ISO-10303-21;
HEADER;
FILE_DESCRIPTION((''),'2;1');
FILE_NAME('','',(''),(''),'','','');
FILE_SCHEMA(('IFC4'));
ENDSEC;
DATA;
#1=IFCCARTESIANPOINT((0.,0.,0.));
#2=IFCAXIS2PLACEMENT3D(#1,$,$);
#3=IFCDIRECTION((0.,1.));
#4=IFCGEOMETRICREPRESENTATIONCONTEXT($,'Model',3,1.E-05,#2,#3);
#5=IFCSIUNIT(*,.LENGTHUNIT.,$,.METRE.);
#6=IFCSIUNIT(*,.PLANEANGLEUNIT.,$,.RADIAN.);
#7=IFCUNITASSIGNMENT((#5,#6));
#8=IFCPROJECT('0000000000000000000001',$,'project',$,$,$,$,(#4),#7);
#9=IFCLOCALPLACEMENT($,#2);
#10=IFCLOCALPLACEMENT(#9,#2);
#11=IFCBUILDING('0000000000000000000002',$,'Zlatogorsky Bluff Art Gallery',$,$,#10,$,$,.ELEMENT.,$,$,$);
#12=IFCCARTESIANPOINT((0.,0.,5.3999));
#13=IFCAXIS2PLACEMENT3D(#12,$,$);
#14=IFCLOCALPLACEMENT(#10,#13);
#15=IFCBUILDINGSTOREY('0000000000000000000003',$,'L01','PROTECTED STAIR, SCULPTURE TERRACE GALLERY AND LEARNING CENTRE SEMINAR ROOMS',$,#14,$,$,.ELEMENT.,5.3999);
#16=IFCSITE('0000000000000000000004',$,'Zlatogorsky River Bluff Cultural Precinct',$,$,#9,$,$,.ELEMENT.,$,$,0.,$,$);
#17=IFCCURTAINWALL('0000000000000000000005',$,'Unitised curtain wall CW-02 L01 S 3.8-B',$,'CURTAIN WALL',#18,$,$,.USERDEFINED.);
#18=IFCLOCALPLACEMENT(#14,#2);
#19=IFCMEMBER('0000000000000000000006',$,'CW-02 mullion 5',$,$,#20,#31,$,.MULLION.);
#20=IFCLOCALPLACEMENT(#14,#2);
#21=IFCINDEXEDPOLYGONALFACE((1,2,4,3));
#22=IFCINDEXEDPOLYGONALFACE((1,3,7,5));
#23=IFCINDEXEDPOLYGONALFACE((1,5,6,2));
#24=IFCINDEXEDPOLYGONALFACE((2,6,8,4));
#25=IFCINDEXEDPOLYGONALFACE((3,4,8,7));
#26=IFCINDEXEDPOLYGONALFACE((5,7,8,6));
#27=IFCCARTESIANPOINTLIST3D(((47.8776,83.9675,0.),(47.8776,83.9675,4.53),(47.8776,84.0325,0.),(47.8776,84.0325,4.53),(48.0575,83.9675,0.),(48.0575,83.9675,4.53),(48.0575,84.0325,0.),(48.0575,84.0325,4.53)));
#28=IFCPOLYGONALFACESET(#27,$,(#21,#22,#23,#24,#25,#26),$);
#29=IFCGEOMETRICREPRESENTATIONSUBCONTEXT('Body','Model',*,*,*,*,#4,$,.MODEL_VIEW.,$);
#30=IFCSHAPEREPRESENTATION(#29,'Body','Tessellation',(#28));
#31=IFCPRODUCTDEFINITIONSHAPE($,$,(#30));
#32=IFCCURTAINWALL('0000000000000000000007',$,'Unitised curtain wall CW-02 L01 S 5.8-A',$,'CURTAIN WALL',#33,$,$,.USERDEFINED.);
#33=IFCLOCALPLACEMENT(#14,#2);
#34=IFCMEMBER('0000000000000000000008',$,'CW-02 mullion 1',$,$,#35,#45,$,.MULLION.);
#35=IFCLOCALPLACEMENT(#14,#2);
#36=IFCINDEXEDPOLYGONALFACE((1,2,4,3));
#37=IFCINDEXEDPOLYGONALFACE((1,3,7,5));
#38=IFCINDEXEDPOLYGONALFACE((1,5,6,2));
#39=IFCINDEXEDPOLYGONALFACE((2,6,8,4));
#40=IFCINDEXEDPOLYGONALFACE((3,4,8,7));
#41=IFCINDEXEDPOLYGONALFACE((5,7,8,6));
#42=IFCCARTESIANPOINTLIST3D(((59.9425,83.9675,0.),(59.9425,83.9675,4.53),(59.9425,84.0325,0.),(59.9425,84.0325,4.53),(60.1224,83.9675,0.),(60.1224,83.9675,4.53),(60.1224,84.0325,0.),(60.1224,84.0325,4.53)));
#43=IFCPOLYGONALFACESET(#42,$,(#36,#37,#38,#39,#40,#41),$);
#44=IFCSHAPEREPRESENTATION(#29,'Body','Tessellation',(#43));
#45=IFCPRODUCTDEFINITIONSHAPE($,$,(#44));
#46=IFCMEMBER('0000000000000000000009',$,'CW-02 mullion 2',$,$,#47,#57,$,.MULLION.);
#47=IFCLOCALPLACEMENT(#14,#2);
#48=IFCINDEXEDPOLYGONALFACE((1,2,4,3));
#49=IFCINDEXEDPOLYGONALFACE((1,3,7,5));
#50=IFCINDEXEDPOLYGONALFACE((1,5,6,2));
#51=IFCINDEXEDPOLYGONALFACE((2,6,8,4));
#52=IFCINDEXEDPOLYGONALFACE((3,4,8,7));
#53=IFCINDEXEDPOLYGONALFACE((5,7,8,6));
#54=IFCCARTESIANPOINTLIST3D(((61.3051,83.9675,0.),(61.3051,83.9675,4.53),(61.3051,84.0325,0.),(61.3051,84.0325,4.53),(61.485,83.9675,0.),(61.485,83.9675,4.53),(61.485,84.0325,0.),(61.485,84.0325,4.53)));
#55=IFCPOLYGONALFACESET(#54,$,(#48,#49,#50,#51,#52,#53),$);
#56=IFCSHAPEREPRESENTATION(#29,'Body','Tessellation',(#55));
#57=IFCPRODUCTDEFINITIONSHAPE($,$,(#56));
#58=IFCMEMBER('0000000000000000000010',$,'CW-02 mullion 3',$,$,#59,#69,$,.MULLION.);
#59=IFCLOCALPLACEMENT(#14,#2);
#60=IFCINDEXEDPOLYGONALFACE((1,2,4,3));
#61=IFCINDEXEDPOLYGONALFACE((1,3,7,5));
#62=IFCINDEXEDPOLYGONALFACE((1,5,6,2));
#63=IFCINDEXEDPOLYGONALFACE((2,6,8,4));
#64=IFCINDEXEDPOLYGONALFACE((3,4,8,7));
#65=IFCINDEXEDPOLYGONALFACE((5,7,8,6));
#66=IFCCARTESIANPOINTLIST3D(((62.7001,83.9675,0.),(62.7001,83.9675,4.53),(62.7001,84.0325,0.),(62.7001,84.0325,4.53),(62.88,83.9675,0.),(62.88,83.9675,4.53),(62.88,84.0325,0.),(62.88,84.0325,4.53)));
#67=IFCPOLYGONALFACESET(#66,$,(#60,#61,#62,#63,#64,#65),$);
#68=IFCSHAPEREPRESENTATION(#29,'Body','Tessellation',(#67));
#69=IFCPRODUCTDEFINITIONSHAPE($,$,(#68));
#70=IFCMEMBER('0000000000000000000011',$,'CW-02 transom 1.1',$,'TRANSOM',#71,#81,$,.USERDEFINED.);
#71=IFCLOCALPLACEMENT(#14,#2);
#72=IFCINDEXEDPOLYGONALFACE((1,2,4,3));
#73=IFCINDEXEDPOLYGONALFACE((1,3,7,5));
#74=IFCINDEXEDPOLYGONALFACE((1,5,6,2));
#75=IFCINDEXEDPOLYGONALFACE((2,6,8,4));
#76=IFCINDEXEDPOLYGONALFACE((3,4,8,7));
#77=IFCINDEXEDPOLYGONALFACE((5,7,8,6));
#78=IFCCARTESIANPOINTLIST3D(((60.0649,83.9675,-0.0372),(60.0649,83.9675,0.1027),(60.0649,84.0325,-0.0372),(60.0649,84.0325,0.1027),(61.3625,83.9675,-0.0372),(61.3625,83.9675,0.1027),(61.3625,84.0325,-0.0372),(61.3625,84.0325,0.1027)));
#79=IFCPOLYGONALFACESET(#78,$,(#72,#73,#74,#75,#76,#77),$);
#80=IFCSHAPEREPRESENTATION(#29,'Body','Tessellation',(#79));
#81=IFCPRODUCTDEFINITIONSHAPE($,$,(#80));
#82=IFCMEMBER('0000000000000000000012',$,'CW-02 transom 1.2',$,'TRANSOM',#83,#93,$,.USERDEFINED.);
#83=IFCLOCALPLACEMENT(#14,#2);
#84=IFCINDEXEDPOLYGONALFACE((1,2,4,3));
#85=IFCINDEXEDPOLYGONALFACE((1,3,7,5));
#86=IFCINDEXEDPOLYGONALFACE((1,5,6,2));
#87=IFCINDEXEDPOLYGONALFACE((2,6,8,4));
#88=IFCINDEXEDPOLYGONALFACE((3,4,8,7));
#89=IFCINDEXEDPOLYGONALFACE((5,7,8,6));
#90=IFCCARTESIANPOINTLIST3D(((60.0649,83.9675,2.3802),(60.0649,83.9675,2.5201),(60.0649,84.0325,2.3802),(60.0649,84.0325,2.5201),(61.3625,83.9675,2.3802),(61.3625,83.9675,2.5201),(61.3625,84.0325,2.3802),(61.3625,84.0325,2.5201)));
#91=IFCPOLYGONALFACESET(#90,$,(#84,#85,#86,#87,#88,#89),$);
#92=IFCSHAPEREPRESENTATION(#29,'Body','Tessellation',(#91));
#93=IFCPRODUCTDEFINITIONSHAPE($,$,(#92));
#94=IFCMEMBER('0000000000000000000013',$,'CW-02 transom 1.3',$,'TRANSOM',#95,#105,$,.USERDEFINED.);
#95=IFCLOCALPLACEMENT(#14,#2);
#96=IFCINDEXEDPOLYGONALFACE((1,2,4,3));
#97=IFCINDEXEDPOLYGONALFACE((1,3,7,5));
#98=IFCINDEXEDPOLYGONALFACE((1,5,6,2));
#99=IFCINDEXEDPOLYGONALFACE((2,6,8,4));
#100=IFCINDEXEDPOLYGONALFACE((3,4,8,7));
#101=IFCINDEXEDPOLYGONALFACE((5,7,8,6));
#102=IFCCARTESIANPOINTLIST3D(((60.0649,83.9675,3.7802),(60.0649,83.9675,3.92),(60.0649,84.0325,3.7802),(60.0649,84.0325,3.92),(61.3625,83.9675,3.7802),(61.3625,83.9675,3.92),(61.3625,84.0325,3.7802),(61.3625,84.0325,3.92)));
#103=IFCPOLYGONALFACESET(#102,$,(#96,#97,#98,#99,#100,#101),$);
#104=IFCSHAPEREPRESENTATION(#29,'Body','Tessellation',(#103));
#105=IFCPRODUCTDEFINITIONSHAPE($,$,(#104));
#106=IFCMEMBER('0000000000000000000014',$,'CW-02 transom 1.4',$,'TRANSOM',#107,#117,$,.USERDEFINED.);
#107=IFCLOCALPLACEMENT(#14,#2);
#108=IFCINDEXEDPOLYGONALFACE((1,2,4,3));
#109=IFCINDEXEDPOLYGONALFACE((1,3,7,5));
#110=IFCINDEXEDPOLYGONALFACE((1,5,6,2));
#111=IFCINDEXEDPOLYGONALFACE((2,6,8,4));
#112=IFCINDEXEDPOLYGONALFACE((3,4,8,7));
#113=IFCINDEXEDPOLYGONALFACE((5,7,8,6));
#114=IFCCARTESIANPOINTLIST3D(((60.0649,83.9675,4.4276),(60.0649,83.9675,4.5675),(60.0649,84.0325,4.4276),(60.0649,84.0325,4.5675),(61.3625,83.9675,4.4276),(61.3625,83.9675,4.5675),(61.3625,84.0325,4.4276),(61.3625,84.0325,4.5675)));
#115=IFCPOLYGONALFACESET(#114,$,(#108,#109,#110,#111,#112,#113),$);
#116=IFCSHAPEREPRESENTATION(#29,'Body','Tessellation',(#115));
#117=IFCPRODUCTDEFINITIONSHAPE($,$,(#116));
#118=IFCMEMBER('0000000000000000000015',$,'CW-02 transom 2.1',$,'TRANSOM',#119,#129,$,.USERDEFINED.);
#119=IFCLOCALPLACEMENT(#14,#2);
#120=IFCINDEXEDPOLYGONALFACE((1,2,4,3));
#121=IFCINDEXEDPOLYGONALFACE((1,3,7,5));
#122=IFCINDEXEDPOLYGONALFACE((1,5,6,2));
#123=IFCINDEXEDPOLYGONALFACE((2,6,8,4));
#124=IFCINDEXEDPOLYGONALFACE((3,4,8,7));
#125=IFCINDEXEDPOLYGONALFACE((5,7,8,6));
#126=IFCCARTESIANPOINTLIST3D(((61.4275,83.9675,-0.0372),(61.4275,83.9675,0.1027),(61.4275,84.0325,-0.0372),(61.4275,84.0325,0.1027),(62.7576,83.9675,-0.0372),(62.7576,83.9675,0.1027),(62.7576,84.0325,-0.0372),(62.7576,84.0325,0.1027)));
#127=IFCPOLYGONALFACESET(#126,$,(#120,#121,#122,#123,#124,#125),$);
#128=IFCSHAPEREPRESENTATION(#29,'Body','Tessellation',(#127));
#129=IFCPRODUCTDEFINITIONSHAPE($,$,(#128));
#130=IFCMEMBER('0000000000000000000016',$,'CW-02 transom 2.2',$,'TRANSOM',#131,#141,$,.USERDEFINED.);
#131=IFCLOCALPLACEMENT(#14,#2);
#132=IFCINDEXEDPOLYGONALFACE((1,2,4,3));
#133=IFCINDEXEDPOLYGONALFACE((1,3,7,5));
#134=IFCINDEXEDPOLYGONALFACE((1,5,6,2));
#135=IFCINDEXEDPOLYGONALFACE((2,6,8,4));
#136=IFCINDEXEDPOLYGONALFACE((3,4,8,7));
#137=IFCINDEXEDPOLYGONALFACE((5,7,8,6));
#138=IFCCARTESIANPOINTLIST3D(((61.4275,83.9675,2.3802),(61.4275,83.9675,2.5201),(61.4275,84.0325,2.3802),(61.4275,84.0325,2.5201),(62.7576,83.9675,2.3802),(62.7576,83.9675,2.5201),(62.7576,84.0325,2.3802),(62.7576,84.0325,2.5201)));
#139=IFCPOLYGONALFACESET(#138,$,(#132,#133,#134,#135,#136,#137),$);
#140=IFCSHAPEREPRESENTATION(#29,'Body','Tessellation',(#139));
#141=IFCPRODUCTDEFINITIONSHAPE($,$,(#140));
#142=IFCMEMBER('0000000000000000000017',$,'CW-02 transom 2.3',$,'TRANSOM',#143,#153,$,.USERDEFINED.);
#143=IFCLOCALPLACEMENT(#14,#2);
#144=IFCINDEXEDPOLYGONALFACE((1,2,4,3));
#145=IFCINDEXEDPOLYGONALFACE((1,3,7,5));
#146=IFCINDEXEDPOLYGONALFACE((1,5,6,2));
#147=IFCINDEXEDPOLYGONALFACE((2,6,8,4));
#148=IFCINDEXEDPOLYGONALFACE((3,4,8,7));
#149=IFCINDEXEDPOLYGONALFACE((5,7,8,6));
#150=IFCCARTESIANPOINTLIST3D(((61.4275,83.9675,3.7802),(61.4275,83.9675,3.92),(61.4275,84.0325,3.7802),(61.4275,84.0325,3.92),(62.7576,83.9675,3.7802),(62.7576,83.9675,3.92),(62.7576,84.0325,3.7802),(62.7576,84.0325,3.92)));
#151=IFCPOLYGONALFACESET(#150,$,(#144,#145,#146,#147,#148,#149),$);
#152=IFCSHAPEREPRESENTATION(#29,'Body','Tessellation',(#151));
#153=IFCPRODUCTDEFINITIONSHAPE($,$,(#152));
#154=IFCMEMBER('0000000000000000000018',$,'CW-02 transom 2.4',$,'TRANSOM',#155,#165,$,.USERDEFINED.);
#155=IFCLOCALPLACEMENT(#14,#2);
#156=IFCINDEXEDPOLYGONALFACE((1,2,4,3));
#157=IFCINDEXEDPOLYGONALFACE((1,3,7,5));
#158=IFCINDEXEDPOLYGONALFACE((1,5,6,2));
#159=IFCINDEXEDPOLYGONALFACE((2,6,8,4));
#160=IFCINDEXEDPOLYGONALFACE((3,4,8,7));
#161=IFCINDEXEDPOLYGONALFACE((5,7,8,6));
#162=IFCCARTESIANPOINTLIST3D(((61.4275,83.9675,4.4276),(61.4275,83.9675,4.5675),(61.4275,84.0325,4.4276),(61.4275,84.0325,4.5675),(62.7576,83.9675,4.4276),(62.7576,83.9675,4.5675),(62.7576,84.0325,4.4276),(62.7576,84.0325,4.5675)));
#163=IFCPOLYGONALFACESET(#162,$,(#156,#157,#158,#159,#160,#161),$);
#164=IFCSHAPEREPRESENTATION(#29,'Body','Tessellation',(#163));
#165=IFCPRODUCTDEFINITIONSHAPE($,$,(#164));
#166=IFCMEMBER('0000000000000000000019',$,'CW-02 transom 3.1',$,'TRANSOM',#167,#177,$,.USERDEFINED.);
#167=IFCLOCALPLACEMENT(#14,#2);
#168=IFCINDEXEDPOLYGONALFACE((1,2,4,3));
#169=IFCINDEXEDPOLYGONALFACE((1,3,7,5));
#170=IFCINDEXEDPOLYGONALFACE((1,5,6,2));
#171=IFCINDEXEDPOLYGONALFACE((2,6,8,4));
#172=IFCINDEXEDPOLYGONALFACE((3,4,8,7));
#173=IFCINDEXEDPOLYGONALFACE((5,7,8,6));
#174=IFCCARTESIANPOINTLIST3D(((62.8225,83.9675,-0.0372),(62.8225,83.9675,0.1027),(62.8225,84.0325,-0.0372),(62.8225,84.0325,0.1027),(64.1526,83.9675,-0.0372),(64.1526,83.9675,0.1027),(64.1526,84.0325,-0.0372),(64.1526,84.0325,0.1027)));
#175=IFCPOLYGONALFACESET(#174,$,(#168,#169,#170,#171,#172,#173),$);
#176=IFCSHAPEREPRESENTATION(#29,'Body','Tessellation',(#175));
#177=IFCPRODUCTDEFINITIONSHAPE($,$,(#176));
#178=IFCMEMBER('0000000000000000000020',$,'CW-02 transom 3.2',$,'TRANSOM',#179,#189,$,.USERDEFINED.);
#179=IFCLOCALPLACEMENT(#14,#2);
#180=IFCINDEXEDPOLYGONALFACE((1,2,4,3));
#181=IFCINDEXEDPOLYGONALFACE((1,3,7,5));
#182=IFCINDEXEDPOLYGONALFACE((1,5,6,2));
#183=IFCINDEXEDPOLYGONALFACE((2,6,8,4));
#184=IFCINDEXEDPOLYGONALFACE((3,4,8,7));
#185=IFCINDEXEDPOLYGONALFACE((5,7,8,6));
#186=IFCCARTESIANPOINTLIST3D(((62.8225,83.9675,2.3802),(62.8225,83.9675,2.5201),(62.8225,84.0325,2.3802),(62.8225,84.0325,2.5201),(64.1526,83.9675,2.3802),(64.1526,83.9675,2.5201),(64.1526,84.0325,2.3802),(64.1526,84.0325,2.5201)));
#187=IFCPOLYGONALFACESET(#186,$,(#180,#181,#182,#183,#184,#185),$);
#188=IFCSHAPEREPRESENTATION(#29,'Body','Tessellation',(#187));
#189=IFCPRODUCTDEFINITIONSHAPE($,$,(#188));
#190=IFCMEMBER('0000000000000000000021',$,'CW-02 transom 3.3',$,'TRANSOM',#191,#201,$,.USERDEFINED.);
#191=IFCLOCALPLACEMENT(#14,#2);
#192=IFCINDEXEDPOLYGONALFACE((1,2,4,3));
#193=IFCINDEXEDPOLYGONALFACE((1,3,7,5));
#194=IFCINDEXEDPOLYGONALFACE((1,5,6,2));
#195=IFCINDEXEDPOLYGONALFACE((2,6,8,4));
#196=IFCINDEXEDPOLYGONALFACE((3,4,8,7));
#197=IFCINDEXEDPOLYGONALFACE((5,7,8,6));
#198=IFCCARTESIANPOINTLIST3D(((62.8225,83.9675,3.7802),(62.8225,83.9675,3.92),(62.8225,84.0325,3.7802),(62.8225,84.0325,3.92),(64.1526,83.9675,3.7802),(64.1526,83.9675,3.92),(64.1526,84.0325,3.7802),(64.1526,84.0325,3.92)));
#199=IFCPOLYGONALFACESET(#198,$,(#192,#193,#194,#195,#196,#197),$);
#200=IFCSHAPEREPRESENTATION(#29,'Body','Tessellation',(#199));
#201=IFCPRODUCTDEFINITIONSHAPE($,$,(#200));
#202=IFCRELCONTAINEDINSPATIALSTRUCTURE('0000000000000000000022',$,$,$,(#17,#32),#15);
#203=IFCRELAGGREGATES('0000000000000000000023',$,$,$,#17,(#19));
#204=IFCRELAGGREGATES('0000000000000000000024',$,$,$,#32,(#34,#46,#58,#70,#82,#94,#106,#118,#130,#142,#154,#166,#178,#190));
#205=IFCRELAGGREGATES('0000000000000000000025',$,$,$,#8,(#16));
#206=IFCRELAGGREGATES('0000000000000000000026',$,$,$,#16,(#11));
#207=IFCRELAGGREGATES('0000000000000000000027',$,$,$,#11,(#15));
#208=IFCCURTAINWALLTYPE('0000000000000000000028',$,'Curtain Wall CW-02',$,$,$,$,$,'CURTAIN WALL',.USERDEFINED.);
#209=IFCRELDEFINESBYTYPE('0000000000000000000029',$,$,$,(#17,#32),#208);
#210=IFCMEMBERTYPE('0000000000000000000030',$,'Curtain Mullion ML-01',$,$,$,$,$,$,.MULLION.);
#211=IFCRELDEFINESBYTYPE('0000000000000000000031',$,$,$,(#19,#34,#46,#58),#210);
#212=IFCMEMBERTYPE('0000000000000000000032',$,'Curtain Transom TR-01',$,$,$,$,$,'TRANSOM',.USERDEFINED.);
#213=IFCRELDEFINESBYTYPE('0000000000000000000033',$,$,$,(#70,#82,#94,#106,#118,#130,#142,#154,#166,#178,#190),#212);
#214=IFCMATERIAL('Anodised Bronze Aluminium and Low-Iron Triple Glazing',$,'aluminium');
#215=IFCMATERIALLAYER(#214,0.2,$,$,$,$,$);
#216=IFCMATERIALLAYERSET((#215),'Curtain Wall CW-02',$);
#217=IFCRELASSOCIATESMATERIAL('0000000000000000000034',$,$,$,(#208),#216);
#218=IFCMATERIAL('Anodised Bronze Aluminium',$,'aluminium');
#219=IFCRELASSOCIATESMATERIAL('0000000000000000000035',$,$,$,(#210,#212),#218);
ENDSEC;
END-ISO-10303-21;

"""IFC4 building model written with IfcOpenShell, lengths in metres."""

from ifc_helpers import new_model, si_unit, direction, frame, origin, origin_2d, place, context, subcontext, project, spatial, rectangle, extrude, material, layer, layer_set, material_profile, profile_set, type_object, element, aggregate, save


model = new_model("IFC4")

# Units and contexts
model_context = context("Model", 3, precision=1e-05, world=origin(), true_north=direction((0.0, 1.0)))
body_context = subcontext(model_context, "Body", "Model", "MODEL_VIEW")
ifc_project = project(units=[si_unit("LENGTHUNIT", "METRE"), si_unit("PLANEANGLEUNIT", "RADIAN")], contexts=[model_context])

# Site, building, storey
site_placement = place(None, origin())
site = spatial("IfcSite", under=ifc_project, at=site_placement, Name="Zlatogorsky River Bluff Cultural Precinct", CompositionType="ELEMENT", RefElevation=0.0)
building_placement = place(site_placement, origin())
building = spatial("IfcBuilding", under=site, at=building_placement, Name="Zlatogorsky Bluff Art Gallery", CompositionType="ELEMENT")
storey_placement = place(building_placement, frame((0.0, 0.0, 5.3999)))
storey = spatial("IfcBuildingStorey", under=building, at=storey_placement, Name="L01", Description="PROTECTED STAIR, SCULPTURE TERRACE GALLERY AND LEARNING CENTRE SEMINAR ROOMS", CompositionType="ELEMENT", Elevation=5.3999)

# Curtain wall, member
ifc_material_1 = material(Name="Anodised Bronze Aluminium and Low-Iron Triple Glazing", Category="aluminium")
ifc_layer_1 = layer(ifc_material_1, 0.2)
ifc_layer_set_1 = layer_set([ifc_layer_1], Name="Curtain Wall CW-02")
curtain_wall_type = type_object("IfcCurtainWallType", Name="Curtain Wall CW-02", ElementType="CURTAIN WALL", PredefinedType="USERDEFINED", material=ifc_layer_set_1)
curtain_wall_1_placement = place(storey_placement, origin())
curtain_wall_1 = element("IfcCurtainWall", 1, at=curtain_wall_1_placement, inside=storey, type_object=curtain_wall_type, Name="Unitised curtain wall CW-02 L01 S 3.8-B", ObjectType="CURTAIN WALL", PredefinedType="USERDEFINED")
ifc_material_2 = material(Name="Anodised Bronze Aluminium", Category="aluminium")
ifc_material_profile_1 = material_profile(ifc_material_2, rectangle(XDim=0.0649, YDim=0.1799, at=origin_2d()), Name="ALU MULLION 65x180")
ifc_profile_set_1 = profile_set([ifc_material_profile_1], Name="Anodised Bronze Aluminium")
member_type_1 = type_object("IfcMemberType", Name="Curtain Mullion ML-01", PredefinedType="MULLION", material=ifc_profile_set_1)
member_1_placement = place(storey_placement, frame((47.9675, 84.0, 0.0), z_axis=(0.0, 0.0, 1.0), x_axis=(0.0, 1.0, 0.0)))
member_1 = element("IfcMember", 2, at=member_1_placement, type_object=member_type_1, Name="CW-02 mullion 5", PredefinedType="MULLION", context=body_context, shape_type="SweptSolid", body=[
    extrude(rectangle(XDim=0.0649, YDim=0.1799, at=origin_2d()), origin(), (0.0, 0.0, 1.0), 4.53),
])

# Curtain wall, members
curtain_wall_2_placement = place(storey_placement, origin())
curtain_wall_2 = element("IfcCurtainWall", 3, at=curtain_wall_2_placement, inside=storey, type_object=curtain_wall_type, Name="Unitised curtain wall CW-02 L01 S 5.8-A", ObjectType="CURTAIN WALL", PredefinedType="USERDEFINED")
member_2_placement = place(storey_placement, frame((60.0325, 84.0, 0.0), z_axis=(0.0, 0.0, 1.0), x_axis=(0.0, 1.0, 0.0)))
member_2 = element("IfcMember", 4, at=member_2_placement, type_object=member_type_1, Name="CW-02 mullion 1", PredefinedType="MULLION", context=body_context, shape_type="SweptSolid", body=[
    extrude(rectangle(XDim=0.0649, YDim=0.1799, at=origin_2d()), origin(), (0.0, 0.0, 1.0), 4.53),
])
member_3_placement = place(storey_placement, frame((61.395, 84.0, 0.0), z_axis=(0.0, 0.0, 1.0), x_axis=(0.0, 1.0, 0.0)))
member_3 = element("IfcMember", 5, at=member_3_placement, type_object=member_type_1, Name="CW-02 mullion 2", PredefinedType="MULLION", context=body_context, shape_type="SweptSolid", body=[
    extrude(rectangle(XDim=0.0649, YDim=0.1799, at=origin_2d()), origin(), (0.0, 0.0, 1.0), 4.53),
])
member_4_placement = place(storey_placement, frame((62.79, 84.0, 0.0), z_axis=(0.0, 0.0, 1.0), x_axis=(0.0, 1.0, 0.0)))
member_4 = element("IfcMember", 6, at=member_4_placement, type_object=member_type_1, Name="CW-02 mullion 3", PredefinedType="MULLION", context=body_context, shape_type="SweptSolid", body=[
    extrude(rectangle(XDim=0.0649, YDim=0.1799, at=origin_2d()), origin(), (0.0, 0.0, 1.0), 4.53),
])
ifc_material_profile_2 = material_profile(ifc_material_2, rectangle(XDim=0.0649, YDim=0.1399, at=origin_2d()), Name="ALU TRANSOM 65x140")
ifc_profile_set_2 = profile_set([ifc_material_profile_2], Name="Anodised Bronze Aluminium")
member_type_2 = type_object("IfcMemberType", Name="Curtain Transom TR-01", ElementType="TRANSOM", PredefinedType="USERDEFINED", material=ifc_profile_set_2)
member_5_placement = place(storey_placement, frame((60.0649, 84.0, 0.0327), z_axis=(1.0, 0.0, 0.0), x_axis=(0.0, 1.0, 0.0)))
member_5 = element("IfcMember", 7, at=member_5_placement, type_object=member_type_2, Name="CW-02 transom 1.1", ObjectType="TRANSOM", PredefinedType="USERDEFINED", context=body_context, shape_type="SweptSolid", body=[
    extrude(rectangle(XDim=0.0649, YDim=0.1399, at=origin_2d()), origin(), (0.0, 0.0, 1.0), 1.2976),
])
member_6_placement = place(storey_placement, frame((60.0649, 84.0, 2.4502), z_axis=(1.0, 0.0, 0.0), x_axis=(0.0, 1.0, 0.0)))
member_6 = element("IfcMember", 8, at=member_6_placement, type_object=member_type_2, Name="CW-02 transom 1.2", ObjectType="TRANSOM", PredefinedType="USERDEFINED", context=body_context, shape_type="SweptSolid", body=[
    extrude(rectangle(XDim=0.0649, YDim=0.1399, at=origin_2d()), origin(), (0.0, 0.0, 1.0), 1.2976),
])
member_7_placement = place(storey_placement, frame((60.0649, 84.0, 3.8501), z_axis=(1.0, 0.0, 0.0), x_axis=(0.0, 1.0, 0.0)))
member_7 = element("IfcMember", 9, at=member_7_placement, type_object=member_type_2, Name="CW-02 transom 1.3", ObjectType="TRANSOM", PredefinedType="USERDEFINED", context=body_context, shape_type="SweptSolid", body=[
    extrude(rectangle(XDim=0.0649, YDim=0.1399, at=origin_2d()), origin(), (0.0, 0.0, 1.0), 1.2976),
])
member_8_placement = place(storey_placement, frame((60.0649, 84.0, 4.4976), z_axis=(1.0, 0.0, 0.0), x_axis=(0.0, 1.0, 0.0)))
member_8 = element("IfcMember", 10, at=member_8_placement, type_object=member_type_2, Name="CW-02 transom 1.4", ObjectType="TRANSOM", PredefinedType="USERDEFINED", context=body_context, shape_type="SweptSolid", body=[
    extrude(rectangle(XDim=0.0649, YDim=0.1399, at=origin_2d()), origin(), (0.0, 0.0, 1.0), 1.2976),
])
member_9_placement = place(storey_placement, frame((61.4275, 84.0, 0.0327), z_axis=(1.0, 0.0, 0.0), x_axis=(0.0, 1.0, 0.0)))
member_9 = element("IfcMember", 11, at=member_9_placement, type_object=member_type_2, Name="CW-02 transom 2.1", ObjectType="TRANSOM", PredefinedType="USERDEFINED", context=body_context, shape_type="SweptSolid", body=[
    extrude(rectangle(XDim=0.0649, YDim=0.1399, at=origin_2d()), origin(), (0.0, 0.0, 1.0), 1.3301),
])
member_10_placement = place(storey_placement, frame((61.4275, 84.0, 2.4502), z_axis=(1.0, 0.0, 0.0), x_axis=(0.0, 1.0, 0.0)))
member_10 = element("IfcMember", 12, at=member_10_placement, type_object=member_type_2, Name="CW-02 transom 2.2", ObjectType="TRANSOM", PredefinedType="USERDEFINED", context=body_context, shape_type="SweptSolid", body=[
    extrude(rectangle(XDim=0.0649, YDim=0.1399, at=origin_2d()), origin(), (0.0, 0.0, 1.0), 1.3301),
])
member_11_placement = place(storey_placement, frame((61.4275, 84.0, 3.8501), z_axis=(1.0, 0.0, 0.0), x_axis=(0.0, 1.0, 0.0)))
member_11 = element("IfcMember", 13, at=member_11_placement, type_object=member_type_2, Name="CW-02 transom 2.3", ObjectType="TRANSOM", PredefinedType="USERDEFINED", context=body_context, shape_type="SweptSolid", body=[
    extrude(rectangle(XDim=0.0649, YDim=0.1399, at=origin_2d()), origin(), (0.0, 0.0, 1.0), 1.3301),
])
member_12_placement = place(storey_placement, frame((61.4275, 84.0, 4.4976), z_axis=(1.0, 0.0, 0.0), x_axis=(0.0, 1.0, 0.0)))
member_12 = element("IfcMember", 14, at=member_12_placement, type_object=member_type_2, Name="CW-02 transom 2.4", ObjectType="TRANSOM", PredefinedType="USERDEFINED", context=body_context, shape_type="SweptSolid", body=[
    extrude(rectangle(XDim=0.0649, YDim=0.1399, at=origin_2d()), origin(), (0.0, 0.0, 1.0), 1.3301),
])
member_13_placement = place(storey_placement, frame((62.8225, 84.0, 0.0327), z_axis=(1.0, 0.0, 0.0), x_axis=(0.0, 1.0, 0.0)))
member_13 = element("IfcMember", 15, at=member_13_placement, type_object=member_type_2, Name="CW-02 transom 3.1", ObjectType="TRANSOM", PredefinedType="USERDEFINED", context=body_context, shape_type="SweptSolid", body=[
    extrude(rectangle(XDim=0.0649, YDim=0.1399, at=origin_2d()), origin(), (0.0, 0.0, 1.0), 1.3301),
])
member_14_placement = place(storey_placement, frame((62.8225, 84.0, 2.4502), z_axis=(1.0, 0.0, 0.0), x_axis=(0.0, 1.0, 0.0)))
member_14 = element("IfcMember", 16, at=member_14_placement, type_object=member_type_2, Name="CW-02 transom 3.2", ObjectType="TRANSOM", PredefinedType="USERDEFINED", context=body_context, shape_type="SweptSolid", body=[
    extrude(rectangle(XDim=0.0649, YDim=0.1399, at=origin_2d()), origin(), (0.0, 0.0, 1.0), 1.3301),
])
member_15_placement = place(storey_placement, frame((62.8225, 84.0, 3.8501), z_axis=(1.0, 0.0, 0.0), x_axis=(0.0, 1.0, 0.0)))
member_15 = element("IfcMember", 17, at=member_15_placement, type_object=member_type_2, Name="CW-02 transom 3.3", ObjectType="TRANSOM", PredefinedType="USERDEFINED", context=body_context, shape_type="SweptSolid", body=[
    extrude(rectangle(XDim=0.0649, YDim=0.1399, at=origin_2d()), origin(), (0.0, 0.0, 1.0), 1.3301),
])

aggregate(curtain_wall_1, [member_1])
aggregate(curtain_wall_2, [member_2, member_3, member_4, member_5, member_6, member_7, member_8, member_9, member_10, member_11, member_12, member_13, member_14, member_15])

save(model, "model.ifc")
